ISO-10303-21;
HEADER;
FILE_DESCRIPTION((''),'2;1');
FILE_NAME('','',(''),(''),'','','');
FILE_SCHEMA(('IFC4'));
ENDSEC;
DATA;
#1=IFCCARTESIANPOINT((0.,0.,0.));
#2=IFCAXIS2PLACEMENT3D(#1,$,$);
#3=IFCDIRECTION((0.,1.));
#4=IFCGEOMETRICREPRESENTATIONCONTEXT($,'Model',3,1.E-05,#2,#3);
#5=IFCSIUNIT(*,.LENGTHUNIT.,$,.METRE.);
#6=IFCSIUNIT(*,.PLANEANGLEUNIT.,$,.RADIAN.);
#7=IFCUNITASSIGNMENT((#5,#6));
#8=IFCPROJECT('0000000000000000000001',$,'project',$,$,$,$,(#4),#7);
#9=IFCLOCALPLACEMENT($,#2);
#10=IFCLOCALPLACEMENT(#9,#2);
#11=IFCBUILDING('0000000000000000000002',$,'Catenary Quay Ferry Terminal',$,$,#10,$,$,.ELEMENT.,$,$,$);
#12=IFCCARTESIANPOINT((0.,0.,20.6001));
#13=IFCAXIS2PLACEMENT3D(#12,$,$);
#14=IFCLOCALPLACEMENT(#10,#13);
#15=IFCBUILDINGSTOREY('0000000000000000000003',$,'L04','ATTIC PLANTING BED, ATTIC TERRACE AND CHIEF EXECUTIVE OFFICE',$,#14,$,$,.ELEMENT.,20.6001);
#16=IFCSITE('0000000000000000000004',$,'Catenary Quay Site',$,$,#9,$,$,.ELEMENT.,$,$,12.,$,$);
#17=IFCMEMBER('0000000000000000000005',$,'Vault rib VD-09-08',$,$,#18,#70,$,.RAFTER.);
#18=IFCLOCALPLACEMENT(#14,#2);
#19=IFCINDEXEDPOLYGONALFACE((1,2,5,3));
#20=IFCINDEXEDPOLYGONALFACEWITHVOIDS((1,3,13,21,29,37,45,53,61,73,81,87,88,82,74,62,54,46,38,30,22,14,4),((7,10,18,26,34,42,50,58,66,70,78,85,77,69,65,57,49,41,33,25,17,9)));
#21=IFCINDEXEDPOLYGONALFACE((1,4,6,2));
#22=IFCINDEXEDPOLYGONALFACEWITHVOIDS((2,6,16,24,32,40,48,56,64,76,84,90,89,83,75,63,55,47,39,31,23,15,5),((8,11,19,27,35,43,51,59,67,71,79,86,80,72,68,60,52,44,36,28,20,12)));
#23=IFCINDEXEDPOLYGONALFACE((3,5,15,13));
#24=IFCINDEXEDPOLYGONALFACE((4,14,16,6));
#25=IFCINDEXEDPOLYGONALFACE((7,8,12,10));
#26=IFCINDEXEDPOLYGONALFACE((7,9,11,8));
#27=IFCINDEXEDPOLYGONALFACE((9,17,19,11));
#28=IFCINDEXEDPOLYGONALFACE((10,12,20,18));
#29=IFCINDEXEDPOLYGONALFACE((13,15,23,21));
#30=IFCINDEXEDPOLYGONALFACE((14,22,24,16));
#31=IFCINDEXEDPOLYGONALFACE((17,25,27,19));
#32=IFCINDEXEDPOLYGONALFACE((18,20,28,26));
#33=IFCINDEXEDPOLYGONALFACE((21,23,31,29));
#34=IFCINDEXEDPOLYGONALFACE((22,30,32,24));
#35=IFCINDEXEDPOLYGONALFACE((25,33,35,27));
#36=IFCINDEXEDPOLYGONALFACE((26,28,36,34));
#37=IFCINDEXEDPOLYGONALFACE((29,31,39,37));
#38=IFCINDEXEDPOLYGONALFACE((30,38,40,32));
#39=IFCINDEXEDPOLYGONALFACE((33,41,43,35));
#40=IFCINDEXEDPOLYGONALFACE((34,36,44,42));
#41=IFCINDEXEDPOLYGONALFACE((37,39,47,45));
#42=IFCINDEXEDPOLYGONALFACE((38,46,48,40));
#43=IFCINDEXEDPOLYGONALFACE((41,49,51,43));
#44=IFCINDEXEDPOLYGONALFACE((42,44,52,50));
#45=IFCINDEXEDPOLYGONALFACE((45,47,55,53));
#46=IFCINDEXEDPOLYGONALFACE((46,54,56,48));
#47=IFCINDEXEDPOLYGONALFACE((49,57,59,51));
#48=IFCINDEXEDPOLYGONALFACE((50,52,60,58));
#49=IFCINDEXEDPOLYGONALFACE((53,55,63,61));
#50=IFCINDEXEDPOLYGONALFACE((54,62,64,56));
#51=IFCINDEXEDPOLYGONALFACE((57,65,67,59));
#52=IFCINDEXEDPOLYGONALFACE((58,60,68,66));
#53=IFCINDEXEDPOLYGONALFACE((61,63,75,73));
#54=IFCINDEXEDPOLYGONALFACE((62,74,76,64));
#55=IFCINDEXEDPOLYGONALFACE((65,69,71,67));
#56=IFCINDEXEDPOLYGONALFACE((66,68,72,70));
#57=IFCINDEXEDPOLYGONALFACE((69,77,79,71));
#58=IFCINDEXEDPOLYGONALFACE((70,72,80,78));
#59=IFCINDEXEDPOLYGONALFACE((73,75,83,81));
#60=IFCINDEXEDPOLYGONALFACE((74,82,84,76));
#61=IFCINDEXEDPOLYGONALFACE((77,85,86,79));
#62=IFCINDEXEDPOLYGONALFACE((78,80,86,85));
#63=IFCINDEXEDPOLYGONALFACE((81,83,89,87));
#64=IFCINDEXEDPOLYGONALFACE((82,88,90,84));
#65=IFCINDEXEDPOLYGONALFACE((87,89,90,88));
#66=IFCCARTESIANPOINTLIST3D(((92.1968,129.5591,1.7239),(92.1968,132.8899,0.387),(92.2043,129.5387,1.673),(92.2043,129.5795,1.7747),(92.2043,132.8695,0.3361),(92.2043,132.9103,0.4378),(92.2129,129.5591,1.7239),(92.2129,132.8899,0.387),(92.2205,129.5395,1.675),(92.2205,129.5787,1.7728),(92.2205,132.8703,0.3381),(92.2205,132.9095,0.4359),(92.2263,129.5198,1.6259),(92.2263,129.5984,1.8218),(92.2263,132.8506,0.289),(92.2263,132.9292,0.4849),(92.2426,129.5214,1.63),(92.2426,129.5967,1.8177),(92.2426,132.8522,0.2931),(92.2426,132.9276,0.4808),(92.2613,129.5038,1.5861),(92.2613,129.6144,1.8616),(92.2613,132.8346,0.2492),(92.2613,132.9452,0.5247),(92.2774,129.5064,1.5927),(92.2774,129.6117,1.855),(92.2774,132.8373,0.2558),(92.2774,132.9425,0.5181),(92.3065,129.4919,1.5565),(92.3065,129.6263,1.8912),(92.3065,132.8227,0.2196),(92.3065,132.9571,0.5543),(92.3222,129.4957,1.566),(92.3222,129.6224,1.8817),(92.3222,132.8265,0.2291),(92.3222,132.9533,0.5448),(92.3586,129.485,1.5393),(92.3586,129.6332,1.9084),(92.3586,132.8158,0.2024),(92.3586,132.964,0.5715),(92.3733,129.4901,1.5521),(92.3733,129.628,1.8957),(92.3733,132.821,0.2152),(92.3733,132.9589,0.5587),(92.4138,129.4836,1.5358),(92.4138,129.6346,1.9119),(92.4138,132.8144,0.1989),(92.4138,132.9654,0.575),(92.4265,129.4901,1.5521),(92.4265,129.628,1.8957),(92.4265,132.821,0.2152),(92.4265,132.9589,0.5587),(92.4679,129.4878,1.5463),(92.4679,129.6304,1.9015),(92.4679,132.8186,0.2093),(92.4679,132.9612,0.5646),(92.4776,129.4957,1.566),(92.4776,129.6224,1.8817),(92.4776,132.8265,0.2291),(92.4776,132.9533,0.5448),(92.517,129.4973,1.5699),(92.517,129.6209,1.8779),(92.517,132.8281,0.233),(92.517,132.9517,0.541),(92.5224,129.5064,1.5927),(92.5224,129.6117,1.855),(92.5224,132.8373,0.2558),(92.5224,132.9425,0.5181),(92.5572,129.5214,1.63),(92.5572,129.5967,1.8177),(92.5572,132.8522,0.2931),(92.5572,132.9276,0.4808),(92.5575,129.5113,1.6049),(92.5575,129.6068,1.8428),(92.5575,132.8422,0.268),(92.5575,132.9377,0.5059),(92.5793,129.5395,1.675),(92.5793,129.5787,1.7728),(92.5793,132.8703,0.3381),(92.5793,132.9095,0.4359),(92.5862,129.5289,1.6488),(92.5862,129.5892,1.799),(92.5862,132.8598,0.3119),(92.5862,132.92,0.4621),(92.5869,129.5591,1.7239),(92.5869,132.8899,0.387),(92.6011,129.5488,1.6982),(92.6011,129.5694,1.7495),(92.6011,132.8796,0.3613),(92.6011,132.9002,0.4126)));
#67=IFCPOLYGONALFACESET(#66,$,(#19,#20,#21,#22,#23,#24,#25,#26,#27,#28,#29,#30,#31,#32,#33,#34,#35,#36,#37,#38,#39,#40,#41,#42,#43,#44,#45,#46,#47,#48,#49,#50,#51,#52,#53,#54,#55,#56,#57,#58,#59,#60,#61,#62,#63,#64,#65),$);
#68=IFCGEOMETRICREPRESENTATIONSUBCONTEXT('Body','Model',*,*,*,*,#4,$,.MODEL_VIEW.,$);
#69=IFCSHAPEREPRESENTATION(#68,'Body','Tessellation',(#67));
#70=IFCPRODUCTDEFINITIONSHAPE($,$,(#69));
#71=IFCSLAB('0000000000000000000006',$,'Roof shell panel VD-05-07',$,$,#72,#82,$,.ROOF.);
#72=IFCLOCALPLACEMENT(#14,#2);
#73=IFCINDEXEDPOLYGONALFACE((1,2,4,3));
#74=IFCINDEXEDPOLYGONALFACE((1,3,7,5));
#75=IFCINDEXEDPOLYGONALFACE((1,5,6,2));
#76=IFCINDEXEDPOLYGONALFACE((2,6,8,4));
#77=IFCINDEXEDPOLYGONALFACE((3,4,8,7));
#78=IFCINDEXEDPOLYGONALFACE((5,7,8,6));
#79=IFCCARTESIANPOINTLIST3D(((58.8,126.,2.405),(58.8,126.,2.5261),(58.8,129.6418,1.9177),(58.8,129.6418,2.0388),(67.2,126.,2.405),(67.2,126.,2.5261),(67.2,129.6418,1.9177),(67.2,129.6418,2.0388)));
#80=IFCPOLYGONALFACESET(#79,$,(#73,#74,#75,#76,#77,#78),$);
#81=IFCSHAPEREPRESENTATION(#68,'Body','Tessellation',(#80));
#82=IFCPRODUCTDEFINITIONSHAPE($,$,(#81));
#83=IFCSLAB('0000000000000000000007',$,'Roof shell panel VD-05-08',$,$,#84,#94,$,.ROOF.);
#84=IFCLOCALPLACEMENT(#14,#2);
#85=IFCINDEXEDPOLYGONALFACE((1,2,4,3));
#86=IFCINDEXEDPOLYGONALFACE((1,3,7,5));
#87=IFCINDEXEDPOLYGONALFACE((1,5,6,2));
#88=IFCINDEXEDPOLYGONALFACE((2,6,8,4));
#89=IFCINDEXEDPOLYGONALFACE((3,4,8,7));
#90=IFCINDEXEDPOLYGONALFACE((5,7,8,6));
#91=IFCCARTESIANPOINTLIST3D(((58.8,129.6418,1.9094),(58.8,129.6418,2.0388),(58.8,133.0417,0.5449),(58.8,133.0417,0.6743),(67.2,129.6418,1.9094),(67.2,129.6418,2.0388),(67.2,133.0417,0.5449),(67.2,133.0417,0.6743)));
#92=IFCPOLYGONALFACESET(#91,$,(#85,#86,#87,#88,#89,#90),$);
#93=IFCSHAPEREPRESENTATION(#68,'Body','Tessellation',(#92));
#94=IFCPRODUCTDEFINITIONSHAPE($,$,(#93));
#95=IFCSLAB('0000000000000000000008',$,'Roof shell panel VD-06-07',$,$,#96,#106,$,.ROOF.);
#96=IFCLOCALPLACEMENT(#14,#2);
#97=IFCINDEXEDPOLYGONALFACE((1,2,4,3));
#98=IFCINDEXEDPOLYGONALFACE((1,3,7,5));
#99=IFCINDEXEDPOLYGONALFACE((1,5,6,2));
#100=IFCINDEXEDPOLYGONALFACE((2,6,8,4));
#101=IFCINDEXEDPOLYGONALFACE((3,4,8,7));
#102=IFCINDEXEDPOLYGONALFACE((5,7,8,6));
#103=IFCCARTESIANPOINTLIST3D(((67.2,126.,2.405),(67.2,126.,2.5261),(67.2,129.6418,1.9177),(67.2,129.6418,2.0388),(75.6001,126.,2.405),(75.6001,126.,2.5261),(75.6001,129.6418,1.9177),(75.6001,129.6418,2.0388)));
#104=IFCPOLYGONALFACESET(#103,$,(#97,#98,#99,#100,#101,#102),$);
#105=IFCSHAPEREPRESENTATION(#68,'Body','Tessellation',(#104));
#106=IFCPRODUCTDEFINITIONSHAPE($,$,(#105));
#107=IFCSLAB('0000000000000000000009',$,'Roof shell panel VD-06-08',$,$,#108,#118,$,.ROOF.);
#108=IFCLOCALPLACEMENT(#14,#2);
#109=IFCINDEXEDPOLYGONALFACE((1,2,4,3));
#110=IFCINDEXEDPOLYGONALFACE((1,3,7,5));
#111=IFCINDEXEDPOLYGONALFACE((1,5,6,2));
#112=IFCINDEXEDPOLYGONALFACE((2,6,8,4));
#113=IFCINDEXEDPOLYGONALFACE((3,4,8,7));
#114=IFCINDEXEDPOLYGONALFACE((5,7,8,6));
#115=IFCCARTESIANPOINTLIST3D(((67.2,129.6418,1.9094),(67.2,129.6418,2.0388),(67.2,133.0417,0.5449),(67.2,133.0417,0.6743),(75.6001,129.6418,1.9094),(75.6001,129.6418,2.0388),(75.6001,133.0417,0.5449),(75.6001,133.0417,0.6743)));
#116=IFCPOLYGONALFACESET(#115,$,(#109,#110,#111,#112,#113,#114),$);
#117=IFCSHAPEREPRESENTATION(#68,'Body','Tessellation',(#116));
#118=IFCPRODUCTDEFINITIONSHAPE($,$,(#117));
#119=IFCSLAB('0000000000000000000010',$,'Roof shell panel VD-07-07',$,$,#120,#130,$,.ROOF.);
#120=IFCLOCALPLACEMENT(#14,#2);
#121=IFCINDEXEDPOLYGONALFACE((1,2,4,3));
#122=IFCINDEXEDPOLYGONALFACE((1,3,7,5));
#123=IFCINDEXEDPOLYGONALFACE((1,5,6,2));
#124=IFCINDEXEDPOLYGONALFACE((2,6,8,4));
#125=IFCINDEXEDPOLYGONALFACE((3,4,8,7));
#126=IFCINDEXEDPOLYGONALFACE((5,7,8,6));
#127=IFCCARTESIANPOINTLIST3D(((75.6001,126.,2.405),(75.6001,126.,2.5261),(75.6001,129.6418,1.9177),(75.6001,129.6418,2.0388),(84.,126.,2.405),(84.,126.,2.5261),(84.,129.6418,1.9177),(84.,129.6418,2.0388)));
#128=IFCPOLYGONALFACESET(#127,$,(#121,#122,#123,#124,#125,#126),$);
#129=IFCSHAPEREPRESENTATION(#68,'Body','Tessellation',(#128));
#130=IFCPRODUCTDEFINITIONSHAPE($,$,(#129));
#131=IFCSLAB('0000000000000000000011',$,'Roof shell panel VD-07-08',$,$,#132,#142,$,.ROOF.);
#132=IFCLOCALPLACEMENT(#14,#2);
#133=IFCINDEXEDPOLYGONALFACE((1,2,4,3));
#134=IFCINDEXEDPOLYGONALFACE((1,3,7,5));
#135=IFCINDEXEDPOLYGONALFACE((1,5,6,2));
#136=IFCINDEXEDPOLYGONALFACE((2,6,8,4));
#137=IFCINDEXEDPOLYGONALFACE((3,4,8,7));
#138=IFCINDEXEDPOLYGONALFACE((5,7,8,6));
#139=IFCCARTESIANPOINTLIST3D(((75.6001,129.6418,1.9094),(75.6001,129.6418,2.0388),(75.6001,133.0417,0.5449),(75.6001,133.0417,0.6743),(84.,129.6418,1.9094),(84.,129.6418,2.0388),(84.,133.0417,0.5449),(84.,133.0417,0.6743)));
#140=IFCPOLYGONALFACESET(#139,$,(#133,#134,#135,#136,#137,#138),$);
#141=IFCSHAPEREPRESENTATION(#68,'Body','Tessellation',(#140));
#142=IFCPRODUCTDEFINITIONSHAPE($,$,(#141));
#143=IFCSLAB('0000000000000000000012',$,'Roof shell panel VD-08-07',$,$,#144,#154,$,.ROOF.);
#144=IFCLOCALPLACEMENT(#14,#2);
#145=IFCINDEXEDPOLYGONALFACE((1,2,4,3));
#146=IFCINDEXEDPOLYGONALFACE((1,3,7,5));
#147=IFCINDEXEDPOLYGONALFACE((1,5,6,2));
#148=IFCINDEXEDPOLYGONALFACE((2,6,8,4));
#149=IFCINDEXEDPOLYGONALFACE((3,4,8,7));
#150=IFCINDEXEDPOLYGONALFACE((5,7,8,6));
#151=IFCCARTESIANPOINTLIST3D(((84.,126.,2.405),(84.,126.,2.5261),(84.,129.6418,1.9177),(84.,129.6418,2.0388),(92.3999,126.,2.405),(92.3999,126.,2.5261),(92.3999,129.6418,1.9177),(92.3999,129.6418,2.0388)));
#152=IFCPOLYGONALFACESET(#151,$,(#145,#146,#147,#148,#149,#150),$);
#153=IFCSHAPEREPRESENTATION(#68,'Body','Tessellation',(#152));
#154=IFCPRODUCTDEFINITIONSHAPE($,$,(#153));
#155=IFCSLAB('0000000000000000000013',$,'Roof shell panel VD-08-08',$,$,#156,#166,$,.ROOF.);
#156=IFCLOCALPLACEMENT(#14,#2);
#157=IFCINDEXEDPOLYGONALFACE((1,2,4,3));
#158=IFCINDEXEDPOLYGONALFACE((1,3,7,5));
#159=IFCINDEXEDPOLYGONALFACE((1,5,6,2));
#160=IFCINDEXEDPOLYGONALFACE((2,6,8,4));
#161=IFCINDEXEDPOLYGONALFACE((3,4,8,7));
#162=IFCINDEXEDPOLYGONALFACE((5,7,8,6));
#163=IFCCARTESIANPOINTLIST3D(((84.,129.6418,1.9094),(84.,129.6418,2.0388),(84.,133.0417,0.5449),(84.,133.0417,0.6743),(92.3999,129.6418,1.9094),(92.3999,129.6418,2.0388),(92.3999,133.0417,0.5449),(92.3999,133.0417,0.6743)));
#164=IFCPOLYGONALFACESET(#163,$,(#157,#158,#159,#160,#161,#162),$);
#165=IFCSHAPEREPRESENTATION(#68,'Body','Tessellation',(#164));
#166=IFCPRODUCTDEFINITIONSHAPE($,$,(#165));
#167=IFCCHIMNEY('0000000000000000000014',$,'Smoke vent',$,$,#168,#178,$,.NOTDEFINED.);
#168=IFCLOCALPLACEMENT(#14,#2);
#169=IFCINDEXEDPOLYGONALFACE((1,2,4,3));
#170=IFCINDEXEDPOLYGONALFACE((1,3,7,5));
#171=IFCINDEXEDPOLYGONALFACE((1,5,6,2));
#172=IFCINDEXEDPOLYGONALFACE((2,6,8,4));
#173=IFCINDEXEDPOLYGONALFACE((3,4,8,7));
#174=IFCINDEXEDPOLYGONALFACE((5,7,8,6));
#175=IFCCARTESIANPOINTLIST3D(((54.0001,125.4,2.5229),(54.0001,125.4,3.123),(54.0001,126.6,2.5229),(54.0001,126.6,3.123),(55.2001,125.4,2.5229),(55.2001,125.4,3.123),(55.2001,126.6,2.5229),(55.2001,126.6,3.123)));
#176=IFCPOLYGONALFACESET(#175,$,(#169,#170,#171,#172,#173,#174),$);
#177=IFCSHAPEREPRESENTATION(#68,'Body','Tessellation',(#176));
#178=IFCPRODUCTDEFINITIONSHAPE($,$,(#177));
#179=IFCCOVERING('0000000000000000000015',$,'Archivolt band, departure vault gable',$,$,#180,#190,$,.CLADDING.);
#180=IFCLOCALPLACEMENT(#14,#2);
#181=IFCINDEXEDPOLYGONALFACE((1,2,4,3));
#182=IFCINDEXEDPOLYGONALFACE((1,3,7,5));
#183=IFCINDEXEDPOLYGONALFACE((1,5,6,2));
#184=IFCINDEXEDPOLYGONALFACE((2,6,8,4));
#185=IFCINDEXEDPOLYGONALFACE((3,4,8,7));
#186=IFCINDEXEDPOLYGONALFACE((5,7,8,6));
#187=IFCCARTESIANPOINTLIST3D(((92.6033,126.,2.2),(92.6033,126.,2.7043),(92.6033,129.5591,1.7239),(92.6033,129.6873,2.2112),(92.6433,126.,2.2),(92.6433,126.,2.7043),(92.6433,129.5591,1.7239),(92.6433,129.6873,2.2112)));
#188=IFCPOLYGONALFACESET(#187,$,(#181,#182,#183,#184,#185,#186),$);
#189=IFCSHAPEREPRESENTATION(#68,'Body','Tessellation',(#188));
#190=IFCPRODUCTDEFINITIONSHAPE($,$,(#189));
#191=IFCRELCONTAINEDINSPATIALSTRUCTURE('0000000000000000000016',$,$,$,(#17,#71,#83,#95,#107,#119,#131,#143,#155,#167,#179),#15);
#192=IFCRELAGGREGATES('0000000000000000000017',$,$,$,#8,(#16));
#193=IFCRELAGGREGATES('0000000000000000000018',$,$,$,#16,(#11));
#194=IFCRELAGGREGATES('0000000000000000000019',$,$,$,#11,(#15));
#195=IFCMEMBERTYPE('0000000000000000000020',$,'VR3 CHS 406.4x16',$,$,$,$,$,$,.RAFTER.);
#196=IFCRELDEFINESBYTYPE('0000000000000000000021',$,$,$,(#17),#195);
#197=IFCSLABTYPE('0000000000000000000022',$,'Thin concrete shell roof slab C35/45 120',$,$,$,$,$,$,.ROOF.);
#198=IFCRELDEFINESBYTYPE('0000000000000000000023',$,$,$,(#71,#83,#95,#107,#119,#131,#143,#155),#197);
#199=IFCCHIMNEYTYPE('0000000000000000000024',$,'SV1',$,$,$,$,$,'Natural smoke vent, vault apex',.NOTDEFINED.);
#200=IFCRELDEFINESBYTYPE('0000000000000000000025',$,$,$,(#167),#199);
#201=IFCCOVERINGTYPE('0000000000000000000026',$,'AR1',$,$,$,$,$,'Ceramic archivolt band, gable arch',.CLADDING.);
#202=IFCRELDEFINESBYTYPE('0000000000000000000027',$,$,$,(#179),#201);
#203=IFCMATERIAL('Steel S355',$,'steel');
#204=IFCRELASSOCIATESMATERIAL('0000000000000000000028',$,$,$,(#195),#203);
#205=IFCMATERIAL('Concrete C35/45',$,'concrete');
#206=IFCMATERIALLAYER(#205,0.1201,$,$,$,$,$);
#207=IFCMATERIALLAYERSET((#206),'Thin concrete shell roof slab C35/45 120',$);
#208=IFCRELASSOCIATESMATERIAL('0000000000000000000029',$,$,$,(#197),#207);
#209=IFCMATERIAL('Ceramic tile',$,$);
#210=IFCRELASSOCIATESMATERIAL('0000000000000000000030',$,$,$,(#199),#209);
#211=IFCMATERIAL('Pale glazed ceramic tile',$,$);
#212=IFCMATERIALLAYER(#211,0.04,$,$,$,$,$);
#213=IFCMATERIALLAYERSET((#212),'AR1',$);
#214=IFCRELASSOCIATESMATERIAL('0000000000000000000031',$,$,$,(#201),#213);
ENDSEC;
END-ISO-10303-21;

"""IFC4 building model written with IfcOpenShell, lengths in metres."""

from ifc_helpers import new_model, si_unit, direction, frame, origin, origin_2d, place, context, subcontext, project, spatial, polyline, rectangle, hollow_circle, outline, extrude, material, layer, layer_set, material_profile, profile_set, type_object, element, save


model = new_model("IFC4")

# Units and contexts
model_context = context("Model", 3, precision=1e-05, world=origin(), true_north=direction((0.0, 1.0)))
body_context = subcontext(model_context, "Body", "Model", "MODEL_VIEW")
ifc_project = project(units=[si_unit("LENGTHUNIT", "METRE"), si_unit("PLANEANGLEUNIT", "RADIAN")], contexts=[model_context])

# Site, building, storey
site_placement = place(None, origin())
site = spatial("IfcSite", under=ifc_project, at=site_placement, Name="Catenary Quay Site", CompositionType="ELEMENT", RefElevation=12.0)
building_placement = place(site_placement, origin())
building = spatial("IfcBuilding", under=site, at=building_placement, Name="Catenary Quay Ferry Terminal", CompositionType="ELEMENT")
storey_placement = place(building_placement, frame((0.0, 0.0, 20.6001)))
storey = spatial("IfcBuildingStorey", under=building, at=storey_placement, Name="L04", Description="ATTIC PLANTING BED, ATTIC TERRACE AND CHIEF EXECUTIVE OFFICE", CompositionType="ELEMENT", Elevation=20.6001)

# Member
ifc_material_1 = material(Name="Steel S355", Category="steel")
ifc_material_profile_1 = material_profile(ifc_material_1, hollow_circle(Radius=0.2031, WallThickness=0.0161, at=origin_2d()), Name="CHS 406.4x16")
ifc_profile_set_1 = profile_set([ifc_material_profile_1], Name="Steel S355")
member_type_1 = type_object("IfcMemberType", Name="VR3 CHS 406.4x16", PredefinedType="RAFTER", material=ifc_profile_set_1)
member_1_placement = place(storey_placement, frame((92.3999, 129.5591, 1.7239), z_axis=(0.0, 0.928035, -0.372493), x_axis=(-1.0, 0.0, 0.0)))
element("IfcMember", 1, at=member_1_placement, inside=storey, type_object=member_type_1, Name="Vault rib VD-09-08", PredefinedType="RAFTER", context=body_context, shape_type="SweptSolid", body=[
    extrude(hollow_circle(Radius=0.2031, WallThickness=0.0161, at=origin_2d()), origin(), (0.0, 0.0, 1.0), 3.5891),
])

# Slabs
ifc_material_2 = material(Name="Concrete C35/45", Category="concrete")
ifc_layer_1 = layer(ifc_material_2, 0.1201)
ifc_layer_set_1 = layer_set([ifc_layer_1], Name="Thin concrete shell roof slab C35/45 120")
slab_type = type_object("IfcSlabType", Name="Thin concrete shell roof slab C35/45 120", PredefinedType="ROOF", material=ifc_layer_set_1)
slab_1_placement = place(storey_placement, frame((58.8, 126.0, 2.5261), z_axis=(0.0, 0.132625, 0.991166), x_axis=(1.0, 0.0, 0.0)))
element("IfcSlab", 2, at=slab_1_placement, inside=storey, type_object=slab_type, Name="Roof shell panel VD-05-07", PredefinedType="ROOF", context=body_context, shape_type="SweptSolid", body=[
    extrude(outline(polyline([(0.0, 0.0), (8.3999, 0.0), (8.3999, 3.6743), (0.0, 3.6743), (0.0, 0.0)])), origin(), (0.0, 0.132625, -0.991166), 0.1211),
])
slab_2_placement = place(storey_placement, frame((58.8, 129.6418, 2.0388), z_axis=(0.0, 0.372459, 0.928049), x_axis=(1.0, 0.0, 0.0)))
element("IfcSlab", 3, at=slab_2_placement, inside=storey, type_object=slab_type, Name="Roof shell panel VD-05-08", PredefinedType="ROOF", context=body_context, shape_type="SweptSolid", body=[
    extrude(outline(polyline([(0.0, 0.0), (8.3999, 0.0), (8.3999, 3.6635), (0.0, 3.6635), (0.0, 0.0)])), origin(), (0.0, 0.372459, -0.928049), 0.1294),
])
slab_3_placement = place(storey_placement, frame((67.2, 126.0, 2.5261), z_axis=(0.0, 0.132625, 0.991166), x_axis=(1.0, 0.0, 0.0)))
element("IfcSlab", 4, at=slab_3_placement, inside=storey, type_object=slab_type, Name="Roof shell panel VD-06-07", PredefinedType="ROOF", context=body_context, shape_type="SweptSolid", body=[
    extrude(outline(polyline([(0.0, 0.0), (8.4001, 0.0), (8.4001, 3.6743), (0.0, 3.6743), (0.0, 0.0)])), origin(), (0.0, 0.132625, -0.991166), 0.1211),
])
slab_4_placement = place(storey_placement, frame((67.2, 129.6418, 2.0388), z_axis=(0.0, 0.372459, 0.928049), x_axis=(1.0, 0.0, 0.0)))
element("IfcSlab", 5, at=slab_4_placement, inside=storey, type_object=slab_type, Name="Roof shell panel VD-06-08", PredefinedType="ROOF", context=body_context, shape_type="SweptSolid", body=[
    extrude(outline(polyline([(0.0, 0.0), (8.4001, 0.0), (8.4001, 3.6635), (0.0, 3.6635), (0.0, 0.0)])), origin(), (0.0, 0.372459, -0.928049), 0.1294),
])
slab_5_placement = place(storey_placement, frame((75.6001, 126.0, 2.5261), z_axis=(0.0, 0.132625, 0.991166), x_axis=(1.0, 0.0, 0.0)))
element("IfcSlab", 6, at=slab_5_placement, inside=storey, type_object=slab_type, Name="Roof shell panel VD-07-07", PredefinedType="ROOF", context=body_context, shape_type="SweptSolid", body=[
    extrude(outline(polyline([(0.0, 0.0), (8.3999, 0.0), (8.3999, 3.6743), (0.0, 3.6743), (0.0, 0.0)])), origin(), (0.0, 0.132625, -0.991166), 0.1211),
])
slab_6_placement = place(storey_placement, frame((75.6001, 129.6418, 2.0388), z_axis=(0.0, 0.372459, 0.928049), x_axis=(1.0, 0.0, 0.0)))
element("IfcSlab", 7, at=slab_6_placement, inside=storey, type_object=slab_type, Name="Roof shell panel VD-07-08", PredefinedType="ROOF", context=body_context, shape_type="SweptSolid", body=[
    extrude(outline(polyline([(0.0, 0.0), (8.3999, 0.0), (8.3999, 3.6635), (0.0, 3.6635), (0.0, 0.0)])), origin(), (0.0, 0.372459, -0.928049), 0.1294),
])
slab_7_placement = place(storey_placement, frame((84.0, 126.0, 2.5261), z_axis=(0.0, 0.132625, 0.991166), x_axis=(1.0, 0.0, 0.0)))
element("IfcSlab", 8, at=slab_7_placement, inside=storey, type_object=slab_type, Name="Roof shell panel VD-08-07", PredefinedType="ROOF", context=body_context, shape_type="SweptSolid", body=[
    extrude(outline(polyline([(0.0, 0.0), (8.3999, 0.0), (8.3999, 3.6743), (0.0, 3.6743), (0.0, 0.0)])), origin(), (0.0, 0.132625, -0.991166), 0.1211),
])
slab_8_placement = place(storey_placement, frame((84.0, 129.6418, 2.0388), z_axis=(0.0, 0.372459, 0.928049), x_axis=(1.0, 0.0, 0.0)))
element("IfcSlab", 9, at=slab_8_placement, inside=storey, type_object=slab_type, Name="Roof shell panel VD-08-08", PredefinedType="ROOF", context=body_context, shape_type="SweptSolid", body=[
    extrude(outline(polyline([(0.0, 0.0), (8.3999, 0.0), (8.3999, 3.6635), (0.0, 3.6635), (0.0, 0.0)])), origin(), (0.0, 0.372459, -0.928049), 0.1294),
])

# Chimney
ifc_material_3 = material(Name="Ceramic tile")
chimney_type = type_object("IfcChimneyType", Name="SV1", ElementType="Natural smoke vent, vault apex", PredefinedType="NOTDEFINED", material=ifc_material_3)
chimney_placement = place(storey_placement, frame((54.6001, 126.0, 2.5229), z_axis=(0.0, 0.0, 1.0), x_axis=(1.0, 0.0, 0.0)))
element("IfcChimney", 10, at=chimney_placement, inside=storey, type_object=chimney_type, Name="Smoke vent", PredefinedType="NOTDEFINED", context=body_context, shape_type="SweptSolid", body=[
    extrude(rectangle(XDim=1.2, YDim=1.2, at=origin_2d()), origin(), (0.0, 0.0, 1.0), 0.6001),
])

# Covering
ifc_material_4 = material(Name="Pale glazed ceramic tile")
ifc_layer_2 = layer(ifc_material_4, 0.04)
ifc_layer_set_2 = layer_set([ifc_layer_2], Name="AR1")
covering_type_1 = type_object("IfcCoveringType", Name="AR1", ElementType="Ceramic archivolt band, gable arch", PredefinedType="CLADDING", material=ifc_layer_set_2)
covering_1_placement = place(storey_placement, frame((92.6033, 126.0, 2.7043), z_axis=(-1.0, 0.0, 0.0), x_axis=(0.0, 0.991174, -0.132568)))
element("IfcCovering", 11, at=covering_1_placement, inside=storey, type_object=covering_type_1, Name="Archivolt band, departure vault gable", PredefinedType="CLADDING", context=body_context, shape_type="SweptSolid", body=[
    extrude(outline(polyline([(0.0, 0.0), (3.7201, 0.0), (3.6576, 0.5), (0.0669, 0.4999), (0.0, 0.0)])), origin(), (0.0, 0.0, -1.0), 0.04),
])

save(model, "model.ifc")
